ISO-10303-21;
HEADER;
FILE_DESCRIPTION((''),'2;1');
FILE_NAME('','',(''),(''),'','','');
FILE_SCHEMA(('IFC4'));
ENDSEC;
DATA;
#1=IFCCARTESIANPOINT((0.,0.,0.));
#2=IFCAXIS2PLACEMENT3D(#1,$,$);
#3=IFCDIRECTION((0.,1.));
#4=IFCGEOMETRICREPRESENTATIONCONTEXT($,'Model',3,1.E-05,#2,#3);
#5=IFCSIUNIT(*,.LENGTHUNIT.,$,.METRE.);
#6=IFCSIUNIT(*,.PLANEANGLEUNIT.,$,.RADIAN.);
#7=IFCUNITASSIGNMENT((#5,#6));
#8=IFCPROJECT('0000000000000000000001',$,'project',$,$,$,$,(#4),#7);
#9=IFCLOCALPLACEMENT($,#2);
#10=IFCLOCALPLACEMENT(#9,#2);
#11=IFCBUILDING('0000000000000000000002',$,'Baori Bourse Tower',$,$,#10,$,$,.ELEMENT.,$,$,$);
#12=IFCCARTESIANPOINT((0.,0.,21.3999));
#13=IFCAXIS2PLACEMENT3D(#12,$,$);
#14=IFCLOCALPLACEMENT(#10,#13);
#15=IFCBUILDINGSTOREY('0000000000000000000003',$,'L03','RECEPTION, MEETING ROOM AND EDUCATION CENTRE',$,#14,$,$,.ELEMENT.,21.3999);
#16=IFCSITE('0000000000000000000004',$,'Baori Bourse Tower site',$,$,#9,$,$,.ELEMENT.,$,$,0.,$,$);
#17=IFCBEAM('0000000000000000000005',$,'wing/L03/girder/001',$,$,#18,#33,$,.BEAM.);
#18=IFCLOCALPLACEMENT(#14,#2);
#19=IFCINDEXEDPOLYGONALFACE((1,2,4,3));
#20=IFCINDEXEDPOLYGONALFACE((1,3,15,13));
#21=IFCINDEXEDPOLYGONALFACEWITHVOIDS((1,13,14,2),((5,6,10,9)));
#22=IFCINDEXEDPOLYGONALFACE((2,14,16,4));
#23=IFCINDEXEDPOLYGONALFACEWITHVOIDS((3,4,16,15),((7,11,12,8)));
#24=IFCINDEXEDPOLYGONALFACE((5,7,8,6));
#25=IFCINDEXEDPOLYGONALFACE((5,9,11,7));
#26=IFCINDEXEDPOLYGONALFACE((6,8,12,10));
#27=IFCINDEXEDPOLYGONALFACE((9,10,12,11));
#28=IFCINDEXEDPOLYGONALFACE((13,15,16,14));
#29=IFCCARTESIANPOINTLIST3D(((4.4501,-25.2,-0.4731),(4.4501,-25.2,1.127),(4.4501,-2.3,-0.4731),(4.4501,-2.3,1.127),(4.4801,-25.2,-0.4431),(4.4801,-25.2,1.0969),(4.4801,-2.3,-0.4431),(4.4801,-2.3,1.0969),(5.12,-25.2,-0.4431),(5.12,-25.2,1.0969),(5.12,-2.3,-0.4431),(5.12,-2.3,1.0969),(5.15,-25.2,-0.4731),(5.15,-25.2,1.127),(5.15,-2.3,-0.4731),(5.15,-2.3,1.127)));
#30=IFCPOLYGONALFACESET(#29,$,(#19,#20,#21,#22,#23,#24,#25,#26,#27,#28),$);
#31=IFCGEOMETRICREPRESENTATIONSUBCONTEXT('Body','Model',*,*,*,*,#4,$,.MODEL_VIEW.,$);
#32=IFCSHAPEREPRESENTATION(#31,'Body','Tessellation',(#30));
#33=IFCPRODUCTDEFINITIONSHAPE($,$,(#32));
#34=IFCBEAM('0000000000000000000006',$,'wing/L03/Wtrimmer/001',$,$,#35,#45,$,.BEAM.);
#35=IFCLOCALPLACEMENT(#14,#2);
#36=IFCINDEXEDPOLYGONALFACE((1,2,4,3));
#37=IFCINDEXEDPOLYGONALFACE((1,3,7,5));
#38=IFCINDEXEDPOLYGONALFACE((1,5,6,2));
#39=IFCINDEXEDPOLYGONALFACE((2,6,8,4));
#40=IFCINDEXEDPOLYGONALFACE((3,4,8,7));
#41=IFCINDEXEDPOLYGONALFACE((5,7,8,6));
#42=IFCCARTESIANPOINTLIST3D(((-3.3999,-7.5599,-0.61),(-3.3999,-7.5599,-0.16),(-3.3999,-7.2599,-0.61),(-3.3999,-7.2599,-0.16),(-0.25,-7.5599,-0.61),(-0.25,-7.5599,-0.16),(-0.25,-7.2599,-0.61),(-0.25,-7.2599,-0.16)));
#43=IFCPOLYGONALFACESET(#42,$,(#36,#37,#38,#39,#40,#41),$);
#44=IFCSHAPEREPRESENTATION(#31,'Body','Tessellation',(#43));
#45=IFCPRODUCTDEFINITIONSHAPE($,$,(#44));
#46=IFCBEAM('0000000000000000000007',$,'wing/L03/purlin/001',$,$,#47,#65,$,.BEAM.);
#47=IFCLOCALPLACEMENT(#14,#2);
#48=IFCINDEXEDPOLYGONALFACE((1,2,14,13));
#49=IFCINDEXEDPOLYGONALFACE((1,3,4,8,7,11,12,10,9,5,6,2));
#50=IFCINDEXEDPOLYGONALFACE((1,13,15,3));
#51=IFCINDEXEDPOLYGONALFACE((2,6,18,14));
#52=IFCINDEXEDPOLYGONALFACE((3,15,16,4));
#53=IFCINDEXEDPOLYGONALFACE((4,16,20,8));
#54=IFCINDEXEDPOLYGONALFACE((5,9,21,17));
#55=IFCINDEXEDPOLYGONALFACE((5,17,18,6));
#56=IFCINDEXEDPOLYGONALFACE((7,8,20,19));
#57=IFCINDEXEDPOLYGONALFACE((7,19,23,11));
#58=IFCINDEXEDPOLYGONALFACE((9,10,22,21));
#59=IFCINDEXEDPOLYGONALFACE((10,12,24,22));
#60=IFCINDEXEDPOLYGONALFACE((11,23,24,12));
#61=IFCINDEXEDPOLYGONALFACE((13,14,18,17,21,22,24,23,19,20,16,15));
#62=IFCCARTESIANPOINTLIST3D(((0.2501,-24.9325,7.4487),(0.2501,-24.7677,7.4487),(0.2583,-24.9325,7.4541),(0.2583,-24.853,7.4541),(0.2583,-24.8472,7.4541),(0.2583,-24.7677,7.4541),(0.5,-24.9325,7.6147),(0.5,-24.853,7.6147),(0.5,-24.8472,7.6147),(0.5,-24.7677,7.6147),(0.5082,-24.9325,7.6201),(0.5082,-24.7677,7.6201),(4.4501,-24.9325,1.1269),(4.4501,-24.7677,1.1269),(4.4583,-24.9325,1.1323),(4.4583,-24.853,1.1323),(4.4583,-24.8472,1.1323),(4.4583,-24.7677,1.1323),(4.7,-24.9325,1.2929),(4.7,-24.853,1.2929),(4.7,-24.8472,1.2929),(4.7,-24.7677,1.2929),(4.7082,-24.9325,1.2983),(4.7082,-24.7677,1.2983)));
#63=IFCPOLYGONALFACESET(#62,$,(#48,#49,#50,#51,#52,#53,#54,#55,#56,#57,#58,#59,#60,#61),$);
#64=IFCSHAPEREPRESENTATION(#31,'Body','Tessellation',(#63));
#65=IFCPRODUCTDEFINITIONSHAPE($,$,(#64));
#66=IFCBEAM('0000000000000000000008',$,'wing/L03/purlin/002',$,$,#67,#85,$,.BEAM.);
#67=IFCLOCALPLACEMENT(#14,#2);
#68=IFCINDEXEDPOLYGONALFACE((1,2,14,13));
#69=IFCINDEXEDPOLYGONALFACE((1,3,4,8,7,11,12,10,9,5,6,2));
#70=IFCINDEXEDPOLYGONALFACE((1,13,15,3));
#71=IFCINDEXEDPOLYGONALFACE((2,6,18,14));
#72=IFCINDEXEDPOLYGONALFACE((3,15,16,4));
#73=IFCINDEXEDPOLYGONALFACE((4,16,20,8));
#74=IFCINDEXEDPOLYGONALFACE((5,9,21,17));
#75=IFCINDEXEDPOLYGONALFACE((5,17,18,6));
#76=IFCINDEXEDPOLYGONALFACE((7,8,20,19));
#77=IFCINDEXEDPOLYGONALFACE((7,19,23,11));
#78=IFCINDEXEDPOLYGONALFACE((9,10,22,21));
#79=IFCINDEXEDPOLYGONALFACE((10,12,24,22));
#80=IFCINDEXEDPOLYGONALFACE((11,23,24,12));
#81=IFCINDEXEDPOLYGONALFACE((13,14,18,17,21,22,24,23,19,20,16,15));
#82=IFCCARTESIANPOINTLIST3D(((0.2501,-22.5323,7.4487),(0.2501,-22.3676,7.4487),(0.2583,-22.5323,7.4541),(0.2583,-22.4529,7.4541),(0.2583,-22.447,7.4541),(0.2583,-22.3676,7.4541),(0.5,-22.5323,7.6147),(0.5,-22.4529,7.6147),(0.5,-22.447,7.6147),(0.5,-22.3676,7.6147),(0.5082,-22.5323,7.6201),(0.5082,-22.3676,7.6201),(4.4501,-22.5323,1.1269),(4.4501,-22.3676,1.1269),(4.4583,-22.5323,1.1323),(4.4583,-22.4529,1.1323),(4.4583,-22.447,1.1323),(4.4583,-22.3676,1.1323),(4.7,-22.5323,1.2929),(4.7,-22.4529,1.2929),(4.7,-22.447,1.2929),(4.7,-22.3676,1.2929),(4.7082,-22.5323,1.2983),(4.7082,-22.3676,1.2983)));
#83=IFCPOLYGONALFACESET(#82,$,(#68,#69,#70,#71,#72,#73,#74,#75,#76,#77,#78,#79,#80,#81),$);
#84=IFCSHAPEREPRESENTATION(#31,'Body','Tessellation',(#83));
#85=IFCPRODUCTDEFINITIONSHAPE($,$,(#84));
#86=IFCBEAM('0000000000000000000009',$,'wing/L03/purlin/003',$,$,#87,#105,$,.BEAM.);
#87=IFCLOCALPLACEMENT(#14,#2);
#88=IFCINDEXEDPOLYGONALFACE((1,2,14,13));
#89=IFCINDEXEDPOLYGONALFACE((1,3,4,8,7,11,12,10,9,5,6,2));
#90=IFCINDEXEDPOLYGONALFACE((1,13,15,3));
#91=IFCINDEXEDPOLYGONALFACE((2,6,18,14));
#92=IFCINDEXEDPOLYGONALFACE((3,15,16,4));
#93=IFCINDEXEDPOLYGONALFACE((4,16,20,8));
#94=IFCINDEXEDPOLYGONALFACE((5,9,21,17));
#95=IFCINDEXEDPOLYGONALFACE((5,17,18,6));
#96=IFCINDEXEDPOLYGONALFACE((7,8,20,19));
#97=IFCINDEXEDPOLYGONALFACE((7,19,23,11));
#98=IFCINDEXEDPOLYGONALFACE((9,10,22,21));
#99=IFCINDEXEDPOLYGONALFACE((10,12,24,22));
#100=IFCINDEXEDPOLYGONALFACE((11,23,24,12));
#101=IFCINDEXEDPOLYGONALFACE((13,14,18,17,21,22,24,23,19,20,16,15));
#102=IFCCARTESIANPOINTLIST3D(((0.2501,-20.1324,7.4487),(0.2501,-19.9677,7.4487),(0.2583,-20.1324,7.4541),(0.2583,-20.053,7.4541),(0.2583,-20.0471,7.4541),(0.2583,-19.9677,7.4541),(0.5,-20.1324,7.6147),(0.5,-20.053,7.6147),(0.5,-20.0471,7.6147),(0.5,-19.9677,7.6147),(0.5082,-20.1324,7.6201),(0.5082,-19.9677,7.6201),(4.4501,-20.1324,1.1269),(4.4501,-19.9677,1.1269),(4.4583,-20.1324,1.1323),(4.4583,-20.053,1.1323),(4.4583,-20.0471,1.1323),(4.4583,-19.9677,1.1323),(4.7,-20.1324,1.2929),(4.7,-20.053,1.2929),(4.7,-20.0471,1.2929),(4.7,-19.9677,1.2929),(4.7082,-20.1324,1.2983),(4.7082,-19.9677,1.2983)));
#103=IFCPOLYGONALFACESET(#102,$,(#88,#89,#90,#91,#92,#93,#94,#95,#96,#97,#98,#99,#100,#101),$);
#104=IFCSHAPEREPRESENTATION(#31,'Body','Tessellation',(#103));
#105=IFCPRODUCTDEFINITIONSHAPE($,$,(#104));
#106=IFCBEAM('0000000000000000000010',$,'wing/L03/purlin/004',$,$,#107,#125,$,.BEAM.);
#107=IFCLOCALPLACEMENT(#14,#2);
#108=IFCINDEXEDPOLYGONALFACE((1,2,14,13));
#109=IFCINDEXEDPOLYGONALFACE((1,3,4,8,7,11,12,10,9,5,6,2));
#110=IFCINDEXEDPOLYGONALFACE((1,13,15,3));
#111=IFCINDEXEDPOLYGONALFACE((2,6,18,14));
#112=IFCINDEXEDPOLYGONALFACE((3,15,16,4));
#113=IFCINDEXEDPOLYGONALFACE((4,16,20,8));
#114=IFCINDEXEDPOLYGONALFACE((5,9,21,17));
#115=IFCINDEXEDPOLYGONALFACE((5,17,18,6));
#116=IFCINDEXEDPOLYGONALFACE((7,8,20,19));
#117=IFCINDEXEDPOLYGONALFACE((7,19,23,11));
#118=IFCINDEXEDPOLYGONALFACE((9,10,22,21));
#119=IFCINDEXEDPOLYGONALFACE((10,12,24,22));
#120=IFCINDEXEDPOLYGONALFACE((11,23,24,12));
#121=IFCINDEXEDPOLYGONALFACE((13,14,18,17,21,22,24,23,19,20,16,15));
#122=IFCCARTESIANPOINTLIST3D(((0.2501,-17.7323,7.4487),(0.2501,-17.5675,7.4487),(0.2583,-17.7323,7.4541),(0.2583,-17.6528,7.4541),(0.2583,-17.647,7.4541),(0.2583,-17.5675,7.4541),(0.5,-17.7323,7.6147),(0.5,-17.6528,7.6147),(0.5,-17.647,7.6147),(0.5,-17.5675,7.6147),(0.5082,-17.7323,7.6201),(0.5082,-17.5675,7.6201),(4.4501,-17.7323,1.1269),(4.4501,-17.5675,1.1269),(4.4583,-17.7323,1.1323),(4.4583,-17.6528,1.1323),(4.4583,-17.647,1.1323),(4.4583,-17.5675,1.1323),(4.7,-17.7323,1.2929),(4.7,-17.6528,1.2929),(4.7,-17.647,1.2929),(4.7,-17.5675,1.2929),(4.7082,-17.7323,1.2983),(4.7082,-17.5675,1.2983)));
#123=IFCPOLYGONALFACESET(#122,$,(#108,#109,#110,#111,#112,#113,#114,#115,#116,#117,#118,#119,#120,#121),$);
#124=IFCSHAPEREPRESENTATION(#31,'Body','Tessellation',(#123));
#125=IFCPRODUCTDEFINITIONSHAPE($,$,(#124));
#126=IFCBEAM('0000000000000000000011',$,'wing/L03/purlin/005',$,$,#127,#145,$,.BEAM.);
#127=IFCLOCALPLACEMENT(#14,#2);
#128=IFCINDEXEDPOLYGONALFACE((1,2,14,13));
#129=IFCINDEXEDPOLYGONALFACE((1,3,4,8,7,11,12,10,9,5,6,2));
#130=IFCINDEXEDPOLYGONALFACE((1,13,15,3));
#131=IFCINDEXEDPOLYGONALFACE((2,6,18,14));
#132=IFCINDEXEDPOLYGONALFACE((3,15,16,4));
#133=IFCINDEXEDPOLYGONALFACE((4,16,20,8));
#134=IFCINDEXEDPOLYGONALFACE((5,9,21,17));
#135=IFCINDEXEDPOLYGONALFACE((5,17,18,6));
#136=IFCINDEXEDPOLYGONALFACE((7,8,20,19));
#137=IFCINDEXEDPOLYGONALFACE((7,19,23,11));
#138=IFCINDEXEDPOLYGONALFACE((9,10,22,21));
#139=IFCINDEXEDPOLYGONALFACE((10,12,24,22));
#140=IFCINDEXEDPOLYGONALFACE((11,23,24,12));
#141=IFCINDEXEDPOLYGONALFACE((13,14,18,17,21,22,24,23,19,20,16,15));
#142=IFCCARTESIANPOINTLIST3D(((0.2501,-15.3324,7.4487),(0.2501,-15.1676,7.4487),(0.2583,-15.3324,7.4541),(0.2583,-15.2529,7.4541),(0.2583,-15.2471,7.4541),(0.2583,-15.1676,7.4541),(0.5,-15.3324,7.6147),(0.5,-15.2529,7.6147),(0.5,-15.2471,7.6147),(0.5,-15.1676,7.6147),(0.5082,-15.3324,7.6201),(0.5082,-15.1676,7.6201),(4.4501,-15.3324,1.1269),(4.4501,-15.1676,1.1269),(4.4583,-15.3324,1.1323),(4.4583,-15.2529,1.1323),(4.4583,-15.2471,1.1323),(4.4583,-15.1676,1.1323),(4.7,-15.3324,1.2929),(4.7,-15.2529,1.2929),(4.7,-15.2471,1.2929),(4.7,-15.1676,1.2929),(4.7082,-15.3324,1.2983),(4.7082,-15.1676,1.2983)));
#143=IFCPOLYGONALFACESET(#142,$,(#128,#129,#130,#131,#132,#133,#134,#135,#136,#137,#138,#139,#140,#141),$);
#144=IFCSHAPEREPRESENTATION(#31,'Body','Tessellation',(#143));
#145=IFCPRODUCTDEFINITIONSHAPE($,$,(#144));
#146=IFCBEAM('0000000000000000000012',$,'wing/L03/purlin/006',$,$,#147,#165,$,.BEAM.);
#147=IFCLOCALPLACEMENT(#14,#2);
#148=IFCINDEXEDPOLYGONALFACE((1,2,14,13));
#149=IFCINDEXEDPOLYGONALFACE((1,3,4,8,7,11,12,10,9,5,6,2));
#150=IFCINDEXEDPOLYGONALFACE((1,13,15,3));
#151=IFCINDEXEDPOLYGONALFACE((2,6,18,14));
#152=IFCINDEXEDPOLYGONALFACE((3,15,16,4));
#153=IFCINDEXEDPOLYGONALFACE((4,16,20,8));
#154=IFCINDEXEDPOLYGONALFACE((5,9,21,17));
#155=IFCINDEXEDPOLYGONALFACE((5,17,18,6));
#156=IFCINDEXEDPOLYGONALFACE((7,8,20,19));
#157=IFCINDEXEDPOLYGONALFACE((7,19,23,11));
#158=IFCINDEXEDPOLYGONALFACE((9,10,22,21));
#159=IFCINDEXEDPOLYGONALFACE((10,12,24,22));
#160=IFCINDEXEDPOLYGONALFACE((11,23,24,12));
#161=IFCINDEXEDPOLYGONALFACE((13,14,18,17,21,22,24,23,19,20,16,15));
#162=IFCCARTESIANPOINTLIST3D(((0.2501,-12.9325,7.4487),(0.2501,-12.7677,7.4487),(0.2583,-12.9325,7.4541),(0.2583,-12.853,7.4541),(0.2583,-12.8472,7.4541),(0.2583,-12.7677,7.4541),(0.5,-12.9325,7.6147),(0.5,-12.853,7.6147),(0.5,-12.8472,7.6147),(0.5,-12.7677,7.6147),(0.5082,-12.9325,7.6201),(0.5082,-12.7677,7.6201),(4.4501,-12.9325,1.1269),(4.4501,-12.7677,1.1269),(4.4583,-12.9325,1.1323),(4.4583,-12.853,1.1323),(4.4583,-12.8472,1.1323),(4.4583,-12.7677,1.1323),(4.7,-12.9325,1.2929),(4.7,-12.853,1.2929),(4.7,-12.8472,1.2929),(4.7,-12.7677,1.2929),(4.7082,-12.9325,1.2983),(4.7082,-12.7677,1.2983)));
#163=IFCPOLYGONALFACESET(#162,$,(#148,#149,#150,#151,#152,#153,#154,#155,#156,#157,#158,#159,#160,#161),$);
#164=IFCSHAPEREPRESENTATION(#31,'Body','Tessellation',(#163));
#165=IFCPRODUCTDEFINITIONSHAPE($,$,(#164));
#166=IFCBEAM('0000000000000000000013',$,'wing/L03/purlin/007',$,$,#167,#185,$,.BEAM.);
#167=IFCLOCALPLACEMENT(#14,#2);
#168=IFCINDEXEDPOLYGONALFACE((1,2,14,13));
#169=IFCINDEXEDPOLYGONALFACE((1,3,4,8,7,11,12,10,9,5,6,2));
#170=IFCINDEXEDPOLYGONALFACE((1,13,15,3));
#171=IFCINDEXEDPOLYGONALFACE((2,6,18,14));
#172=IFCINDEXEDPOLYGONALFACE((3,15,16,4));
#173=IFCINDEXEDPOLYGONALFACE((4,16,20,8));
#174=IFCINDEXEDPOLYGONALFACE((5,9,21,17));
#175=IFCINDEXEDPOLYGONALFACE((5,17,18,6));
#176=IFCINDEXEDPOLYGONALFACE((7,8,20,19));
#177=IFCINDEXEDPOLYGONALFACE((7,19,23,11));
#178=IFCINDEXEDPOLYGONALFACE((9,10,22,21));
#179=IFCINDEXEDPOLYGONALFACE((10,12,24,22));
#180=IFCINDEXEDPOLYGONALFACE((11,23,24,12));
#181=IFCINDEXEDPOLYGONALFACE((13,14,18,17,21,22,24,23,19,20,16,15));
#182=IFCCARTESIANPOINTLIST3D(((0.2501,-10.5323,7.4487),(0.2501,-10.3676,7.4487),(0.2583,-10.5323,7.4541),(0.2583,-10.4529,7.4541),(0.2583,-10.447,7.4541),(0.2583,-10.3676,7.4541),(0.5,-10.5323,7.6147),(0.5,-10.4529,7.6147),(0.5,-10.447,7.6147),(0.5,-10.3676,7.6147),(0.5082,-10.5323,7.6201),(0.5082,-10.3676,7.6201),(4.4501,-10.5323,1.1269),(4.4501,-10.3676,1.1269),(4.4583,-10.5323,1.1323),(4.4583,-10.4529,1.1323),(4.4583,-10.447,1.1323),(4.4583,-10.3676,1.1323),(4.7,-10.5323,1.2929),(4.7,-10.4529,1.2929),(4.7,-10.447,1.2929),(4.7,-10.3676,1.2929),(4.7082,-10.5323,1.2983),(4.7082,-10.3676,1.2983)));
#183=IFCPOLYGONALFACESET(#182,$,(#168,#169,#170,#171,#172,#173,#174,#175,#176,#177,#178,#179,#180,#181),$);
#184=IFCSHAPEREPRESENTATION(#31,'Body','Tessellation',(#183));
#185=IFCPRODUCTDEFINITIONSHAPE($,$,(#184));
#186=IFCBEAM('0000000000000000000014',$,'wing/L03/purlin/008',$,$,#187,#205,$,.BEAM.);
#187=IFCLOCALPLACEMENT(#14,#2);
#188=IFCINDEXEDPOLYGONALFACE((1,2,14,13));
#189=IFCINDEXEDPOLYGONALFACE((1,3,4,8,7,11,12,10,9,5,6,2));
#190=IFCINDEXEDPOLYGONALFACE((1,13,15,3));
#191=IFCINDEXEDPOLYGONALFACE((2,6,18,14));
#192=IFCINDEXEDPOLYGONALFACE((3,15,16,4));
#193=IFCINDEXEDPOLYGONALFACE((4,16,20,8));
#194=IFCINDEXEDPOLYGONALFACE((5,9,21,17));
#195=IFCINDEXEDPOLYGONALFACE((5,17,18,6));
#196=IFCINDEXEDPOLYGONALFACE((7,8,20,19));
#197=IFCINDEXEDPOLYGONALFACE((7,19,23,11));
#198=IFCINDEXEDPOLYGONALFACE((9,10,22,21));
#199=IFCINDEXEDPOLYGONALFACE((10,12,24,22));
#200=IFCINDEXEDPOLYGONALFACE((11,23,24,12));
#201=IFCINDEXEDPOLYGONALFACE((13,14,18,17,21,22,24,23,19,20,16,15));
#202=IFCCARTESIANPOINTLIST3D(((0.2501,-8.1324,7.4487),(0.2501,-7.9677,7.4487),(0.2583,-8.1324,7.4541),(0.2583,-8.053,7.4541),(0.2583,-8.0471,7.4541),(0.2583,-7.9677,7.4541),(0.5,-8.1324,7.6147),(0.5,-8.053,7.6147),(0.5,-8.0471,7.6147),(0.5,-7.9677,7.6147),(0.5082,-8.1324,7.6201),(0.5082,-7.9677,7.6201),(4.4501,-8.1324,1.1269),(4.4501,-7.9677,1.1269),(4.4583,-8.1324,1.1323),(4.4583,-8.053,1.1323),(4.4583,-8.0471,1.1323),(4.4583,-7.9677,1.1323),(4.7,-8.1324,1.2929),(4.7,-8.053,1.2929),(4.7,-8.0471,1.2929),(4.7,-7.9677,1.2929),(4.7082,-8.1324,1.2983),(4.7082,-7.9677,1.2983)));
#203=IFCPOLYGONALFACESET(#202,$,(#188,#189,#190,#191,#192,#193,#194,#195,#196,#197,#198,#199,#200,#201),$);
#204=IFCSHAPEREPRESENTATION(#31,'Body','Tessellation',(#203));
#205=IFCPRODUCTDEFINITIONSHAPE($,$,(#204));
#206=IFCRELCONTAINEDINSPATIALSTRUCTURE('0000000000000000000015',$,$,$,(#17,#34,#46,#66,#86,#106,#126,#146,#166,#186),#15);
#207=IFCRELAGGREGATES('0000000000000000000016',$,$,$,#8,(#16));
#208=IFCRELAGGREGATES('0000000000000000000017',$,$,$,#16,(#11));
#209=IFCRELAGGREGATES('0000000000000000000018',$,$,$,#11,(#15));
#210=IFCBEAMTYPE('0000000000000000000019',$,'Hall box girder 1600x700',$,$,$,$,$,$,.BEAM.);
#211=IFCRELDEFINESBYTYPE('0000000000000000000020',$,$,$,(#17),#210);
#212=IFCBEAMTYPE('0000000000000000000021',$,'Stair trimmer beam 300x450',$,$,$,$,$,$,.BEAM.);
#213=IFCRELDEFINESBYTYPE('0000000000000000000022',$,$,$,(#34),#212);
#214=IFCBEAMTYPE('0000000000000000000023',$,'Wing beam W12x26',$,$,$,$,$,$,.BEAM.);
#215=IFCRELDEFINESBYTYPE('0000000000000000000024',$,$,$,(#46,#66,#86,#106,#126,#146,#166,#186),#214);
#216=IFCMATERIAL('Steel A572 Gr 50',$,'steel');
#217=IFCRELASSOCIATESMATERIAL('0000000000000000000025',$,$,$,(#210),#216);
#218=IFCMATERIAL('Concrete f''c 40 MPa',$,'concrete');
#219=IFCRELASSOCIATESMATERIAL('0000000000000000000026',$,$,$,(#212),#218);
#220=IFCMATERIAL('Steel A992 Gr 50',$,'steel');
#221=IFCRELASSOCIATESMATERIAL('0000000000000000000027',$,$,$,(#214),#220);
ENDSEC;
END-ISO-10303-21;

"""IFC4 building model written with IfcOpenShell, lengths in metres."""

from ifc_helpers import new_model, si_unit, direction, frame, origin, origin_2d, place, context, subcontext, project, spatial, rectangle, hollow_rectangle, i_section, extrude, material, material_profile, profile_set, type_object, element, save


model = new_model("IFC4")

# Units and contexts
model_context = context("Model", 3, precision=1e-05, world=origin(), true_north=direction((0.0, 1.0)))
body_context = subcontext(model_context, "Body", "Model", "MODEL_VIEW")
ifc_project = project(units=[si_unit("LENGTHUNIT", "METRE"), si_unit("PLANEANGLEUNIT", "RADIAN")], contexts=[model_context])

# Site, building, storey
site_placement = place(None, origin())
site = spatial("IfcSite", under=ifc_project, at=site_placement, Name="Baori Bourse Tower site", CompositionType="ELEMENT", RefElevation=0.0)
building_placement = place(site_placement, origin())
building = spatial("IfcBuilding", under=site, at=building_placement, Name="Baori Bourse Tower", CompositionType="ELEMENT")
storey_placement = place(building_placement, frame((0.0, 0.0, 21.3999)))
storey = spatial("IfcBuildingStorey", under=building, at=storey_placement, Name="L03", Description="RECEPTION, MEETING ROOM AND EDUCATION CENTRE", CompositionType="ELEMENT", Elevation=21.3999)

# Beams
ifc_material_1 = material(Name="Steel A572 Gr 50", Category="steel")
ifc_material_profile_1 = material_profile(ifc_material_1, hollow_rectangle(XDim=0.7, YDim=1.6001, WallThickness=0.03, at=origin_2d()), Name="BOX 1600x700x30")
ifc_profile_set_1 = profile_set([ifc_material_profile_1], Name="Steel A572 Gr 50")
beam_type_1 = type_object("IfcBeamType", Name="Hall box girder 1600x700", PredefinedType="BEAM", material=ifc_profile_set_1)
beam_1_placement = place(storey_placement, frame((4.8, -25.2, 0.3269), z_axis=(0.0, 1.0, 0.0), x_axis=(-1.0, 0.0, 0.0)))
element("IfcBeam", 1, at=beam_1_placement, inside=storey, type_object=beam_type_1, Name="wing/L03/girder/001", PredefinedType="BEAM", context=body_context, shape_type="SweptSolid", body=[
    extrude(hollow_rectangle(XDim=0.7, YDim=1.6001, WallThickness=0.03, at=origin_2d()), origin(), (0.0, 0.0, 1.0), 22.8999),
])
ifc_material_2 = material(Name="Concrete f'c 40 MPa", Category="concrete")
ifc_material_profile_2 = material_profile(ifc_material_2, rectangle(XDim=0.3, YDim=0.45, at=origin_2d()), Name="Stair trimmer beam 300x450")
ifc_profile_set_2 = profile_set([ifc_material_profile_2], Name="Concrete f'c 40 MPa")
beam_type_2 = type_object("IfcBeamType", Name="Stair trimmer beam 300x450", PredefinedType="BEAM", material=ifc_profile_set_2)
beam_2_placement = place(storey_placement, frame((-0.25, -7.4099, -0.385), z_axis=(-1.0, 0.0, 0.0), x_axis=(0.0, -1.0, 0.0)))
element("IfcBeam", 2, at=beam_2_placement, inside=storey, type_object=beam_type_2, Name="wing/L03/Wtrimmer/001", PredefinedType="BEAM", context=body_context, shape_type="SweptSolid", body=[
    extrude(rectangle(XDim=0.3, YDim=0.45, at=origin_2d()), origin(), (0.0, 0.0, 1.0), 3.1499),
])
ifc_material_3 = material(Name="Steel A992 Gr 50", Category="steel")
ifc_material_profile_3 = material_profile(ifc_material_3, i_section(OverallWidth=0.1648, OverallDepth=0.3098, WebThickness=0.0059, FlangeThickness=0.0098, at=origin_2d()), Name="W12x26")
ifc_profile_set_3 = profile_set([ifc_material_profile_3], Name="Steel A992 Gr 50")
beam_type_3 = type_object("IfcBeamType", Name="Wing beam W12x26", PredefinedType="BEAM", material=ifc_profile_set_3)
for number, where, z_axis, x_axis, name in (
    (3, (0.3792, -24.8501, 7.5344), (0.553371, 0.0, -0.832935), (0.0, 1.0, 0.0), "wing/L03/purlin/001"),
    (4, (0.3792, -22.45, 7.5344), (0.553371, 0.0, -0.832935), (0.0, 1.0, 0.0), "wing/L03/purlin/002"),
    (5, (0.3792, -20.05, 7.5344), (0.553371, 0.0, -0.832935), (0.0, 1.0, 0.0), "wing/L03/purlin/003"),
    (6, (0.3792, -17.6499, 7.5344), (0.553371, 0.0, -0.832935), (0.0, 1.0, 0.0), "wing/L03/purlin/004"),
    (7, (0.3792, -15.25, 7.5344), (0.553371, 0.0, -0.832935), (0.0, 1.0, 0.0), "wing/L03/purlin/005"),
    (8, (0.3792, -12.8501, 7.5344), (0.553371, 0.0, -0.832935), (0.0, 1.0, 0.0), "wing/L03/purlin/006"),
    (9, (0.3792, -10.45, 7.5344), (0.553371, 0.0, -0.832935), (0.0, 1.0, 0.0), "wing/L03/purlin/007"),
    (10, (0.3792, -8.05, 7.5344), (0.553371, 0.0, -0.832935), (0.0, 1.0, 0.0), "wing/L03/purlin/008"),
):
    element("IfcBeam", number, at=place(storey_placement, frame(where, z_axis=z_axis, x_axis=x_axis)), inside=storey, type_object=beam_type_3, Name=name, PredefinedType="BEAM", context=body_context, shape_type="SweptSolid", body=[
        extrude(i_section(OverallWidth=0.1648, OverallDepth=0.3098, WebThickness=0.0059, FlangeThickness=0.0098, at=origin_2d()), origin(), (0.0, 0.0, 1.0), 7.5898),
    ])

save(model, "model.ifc")
